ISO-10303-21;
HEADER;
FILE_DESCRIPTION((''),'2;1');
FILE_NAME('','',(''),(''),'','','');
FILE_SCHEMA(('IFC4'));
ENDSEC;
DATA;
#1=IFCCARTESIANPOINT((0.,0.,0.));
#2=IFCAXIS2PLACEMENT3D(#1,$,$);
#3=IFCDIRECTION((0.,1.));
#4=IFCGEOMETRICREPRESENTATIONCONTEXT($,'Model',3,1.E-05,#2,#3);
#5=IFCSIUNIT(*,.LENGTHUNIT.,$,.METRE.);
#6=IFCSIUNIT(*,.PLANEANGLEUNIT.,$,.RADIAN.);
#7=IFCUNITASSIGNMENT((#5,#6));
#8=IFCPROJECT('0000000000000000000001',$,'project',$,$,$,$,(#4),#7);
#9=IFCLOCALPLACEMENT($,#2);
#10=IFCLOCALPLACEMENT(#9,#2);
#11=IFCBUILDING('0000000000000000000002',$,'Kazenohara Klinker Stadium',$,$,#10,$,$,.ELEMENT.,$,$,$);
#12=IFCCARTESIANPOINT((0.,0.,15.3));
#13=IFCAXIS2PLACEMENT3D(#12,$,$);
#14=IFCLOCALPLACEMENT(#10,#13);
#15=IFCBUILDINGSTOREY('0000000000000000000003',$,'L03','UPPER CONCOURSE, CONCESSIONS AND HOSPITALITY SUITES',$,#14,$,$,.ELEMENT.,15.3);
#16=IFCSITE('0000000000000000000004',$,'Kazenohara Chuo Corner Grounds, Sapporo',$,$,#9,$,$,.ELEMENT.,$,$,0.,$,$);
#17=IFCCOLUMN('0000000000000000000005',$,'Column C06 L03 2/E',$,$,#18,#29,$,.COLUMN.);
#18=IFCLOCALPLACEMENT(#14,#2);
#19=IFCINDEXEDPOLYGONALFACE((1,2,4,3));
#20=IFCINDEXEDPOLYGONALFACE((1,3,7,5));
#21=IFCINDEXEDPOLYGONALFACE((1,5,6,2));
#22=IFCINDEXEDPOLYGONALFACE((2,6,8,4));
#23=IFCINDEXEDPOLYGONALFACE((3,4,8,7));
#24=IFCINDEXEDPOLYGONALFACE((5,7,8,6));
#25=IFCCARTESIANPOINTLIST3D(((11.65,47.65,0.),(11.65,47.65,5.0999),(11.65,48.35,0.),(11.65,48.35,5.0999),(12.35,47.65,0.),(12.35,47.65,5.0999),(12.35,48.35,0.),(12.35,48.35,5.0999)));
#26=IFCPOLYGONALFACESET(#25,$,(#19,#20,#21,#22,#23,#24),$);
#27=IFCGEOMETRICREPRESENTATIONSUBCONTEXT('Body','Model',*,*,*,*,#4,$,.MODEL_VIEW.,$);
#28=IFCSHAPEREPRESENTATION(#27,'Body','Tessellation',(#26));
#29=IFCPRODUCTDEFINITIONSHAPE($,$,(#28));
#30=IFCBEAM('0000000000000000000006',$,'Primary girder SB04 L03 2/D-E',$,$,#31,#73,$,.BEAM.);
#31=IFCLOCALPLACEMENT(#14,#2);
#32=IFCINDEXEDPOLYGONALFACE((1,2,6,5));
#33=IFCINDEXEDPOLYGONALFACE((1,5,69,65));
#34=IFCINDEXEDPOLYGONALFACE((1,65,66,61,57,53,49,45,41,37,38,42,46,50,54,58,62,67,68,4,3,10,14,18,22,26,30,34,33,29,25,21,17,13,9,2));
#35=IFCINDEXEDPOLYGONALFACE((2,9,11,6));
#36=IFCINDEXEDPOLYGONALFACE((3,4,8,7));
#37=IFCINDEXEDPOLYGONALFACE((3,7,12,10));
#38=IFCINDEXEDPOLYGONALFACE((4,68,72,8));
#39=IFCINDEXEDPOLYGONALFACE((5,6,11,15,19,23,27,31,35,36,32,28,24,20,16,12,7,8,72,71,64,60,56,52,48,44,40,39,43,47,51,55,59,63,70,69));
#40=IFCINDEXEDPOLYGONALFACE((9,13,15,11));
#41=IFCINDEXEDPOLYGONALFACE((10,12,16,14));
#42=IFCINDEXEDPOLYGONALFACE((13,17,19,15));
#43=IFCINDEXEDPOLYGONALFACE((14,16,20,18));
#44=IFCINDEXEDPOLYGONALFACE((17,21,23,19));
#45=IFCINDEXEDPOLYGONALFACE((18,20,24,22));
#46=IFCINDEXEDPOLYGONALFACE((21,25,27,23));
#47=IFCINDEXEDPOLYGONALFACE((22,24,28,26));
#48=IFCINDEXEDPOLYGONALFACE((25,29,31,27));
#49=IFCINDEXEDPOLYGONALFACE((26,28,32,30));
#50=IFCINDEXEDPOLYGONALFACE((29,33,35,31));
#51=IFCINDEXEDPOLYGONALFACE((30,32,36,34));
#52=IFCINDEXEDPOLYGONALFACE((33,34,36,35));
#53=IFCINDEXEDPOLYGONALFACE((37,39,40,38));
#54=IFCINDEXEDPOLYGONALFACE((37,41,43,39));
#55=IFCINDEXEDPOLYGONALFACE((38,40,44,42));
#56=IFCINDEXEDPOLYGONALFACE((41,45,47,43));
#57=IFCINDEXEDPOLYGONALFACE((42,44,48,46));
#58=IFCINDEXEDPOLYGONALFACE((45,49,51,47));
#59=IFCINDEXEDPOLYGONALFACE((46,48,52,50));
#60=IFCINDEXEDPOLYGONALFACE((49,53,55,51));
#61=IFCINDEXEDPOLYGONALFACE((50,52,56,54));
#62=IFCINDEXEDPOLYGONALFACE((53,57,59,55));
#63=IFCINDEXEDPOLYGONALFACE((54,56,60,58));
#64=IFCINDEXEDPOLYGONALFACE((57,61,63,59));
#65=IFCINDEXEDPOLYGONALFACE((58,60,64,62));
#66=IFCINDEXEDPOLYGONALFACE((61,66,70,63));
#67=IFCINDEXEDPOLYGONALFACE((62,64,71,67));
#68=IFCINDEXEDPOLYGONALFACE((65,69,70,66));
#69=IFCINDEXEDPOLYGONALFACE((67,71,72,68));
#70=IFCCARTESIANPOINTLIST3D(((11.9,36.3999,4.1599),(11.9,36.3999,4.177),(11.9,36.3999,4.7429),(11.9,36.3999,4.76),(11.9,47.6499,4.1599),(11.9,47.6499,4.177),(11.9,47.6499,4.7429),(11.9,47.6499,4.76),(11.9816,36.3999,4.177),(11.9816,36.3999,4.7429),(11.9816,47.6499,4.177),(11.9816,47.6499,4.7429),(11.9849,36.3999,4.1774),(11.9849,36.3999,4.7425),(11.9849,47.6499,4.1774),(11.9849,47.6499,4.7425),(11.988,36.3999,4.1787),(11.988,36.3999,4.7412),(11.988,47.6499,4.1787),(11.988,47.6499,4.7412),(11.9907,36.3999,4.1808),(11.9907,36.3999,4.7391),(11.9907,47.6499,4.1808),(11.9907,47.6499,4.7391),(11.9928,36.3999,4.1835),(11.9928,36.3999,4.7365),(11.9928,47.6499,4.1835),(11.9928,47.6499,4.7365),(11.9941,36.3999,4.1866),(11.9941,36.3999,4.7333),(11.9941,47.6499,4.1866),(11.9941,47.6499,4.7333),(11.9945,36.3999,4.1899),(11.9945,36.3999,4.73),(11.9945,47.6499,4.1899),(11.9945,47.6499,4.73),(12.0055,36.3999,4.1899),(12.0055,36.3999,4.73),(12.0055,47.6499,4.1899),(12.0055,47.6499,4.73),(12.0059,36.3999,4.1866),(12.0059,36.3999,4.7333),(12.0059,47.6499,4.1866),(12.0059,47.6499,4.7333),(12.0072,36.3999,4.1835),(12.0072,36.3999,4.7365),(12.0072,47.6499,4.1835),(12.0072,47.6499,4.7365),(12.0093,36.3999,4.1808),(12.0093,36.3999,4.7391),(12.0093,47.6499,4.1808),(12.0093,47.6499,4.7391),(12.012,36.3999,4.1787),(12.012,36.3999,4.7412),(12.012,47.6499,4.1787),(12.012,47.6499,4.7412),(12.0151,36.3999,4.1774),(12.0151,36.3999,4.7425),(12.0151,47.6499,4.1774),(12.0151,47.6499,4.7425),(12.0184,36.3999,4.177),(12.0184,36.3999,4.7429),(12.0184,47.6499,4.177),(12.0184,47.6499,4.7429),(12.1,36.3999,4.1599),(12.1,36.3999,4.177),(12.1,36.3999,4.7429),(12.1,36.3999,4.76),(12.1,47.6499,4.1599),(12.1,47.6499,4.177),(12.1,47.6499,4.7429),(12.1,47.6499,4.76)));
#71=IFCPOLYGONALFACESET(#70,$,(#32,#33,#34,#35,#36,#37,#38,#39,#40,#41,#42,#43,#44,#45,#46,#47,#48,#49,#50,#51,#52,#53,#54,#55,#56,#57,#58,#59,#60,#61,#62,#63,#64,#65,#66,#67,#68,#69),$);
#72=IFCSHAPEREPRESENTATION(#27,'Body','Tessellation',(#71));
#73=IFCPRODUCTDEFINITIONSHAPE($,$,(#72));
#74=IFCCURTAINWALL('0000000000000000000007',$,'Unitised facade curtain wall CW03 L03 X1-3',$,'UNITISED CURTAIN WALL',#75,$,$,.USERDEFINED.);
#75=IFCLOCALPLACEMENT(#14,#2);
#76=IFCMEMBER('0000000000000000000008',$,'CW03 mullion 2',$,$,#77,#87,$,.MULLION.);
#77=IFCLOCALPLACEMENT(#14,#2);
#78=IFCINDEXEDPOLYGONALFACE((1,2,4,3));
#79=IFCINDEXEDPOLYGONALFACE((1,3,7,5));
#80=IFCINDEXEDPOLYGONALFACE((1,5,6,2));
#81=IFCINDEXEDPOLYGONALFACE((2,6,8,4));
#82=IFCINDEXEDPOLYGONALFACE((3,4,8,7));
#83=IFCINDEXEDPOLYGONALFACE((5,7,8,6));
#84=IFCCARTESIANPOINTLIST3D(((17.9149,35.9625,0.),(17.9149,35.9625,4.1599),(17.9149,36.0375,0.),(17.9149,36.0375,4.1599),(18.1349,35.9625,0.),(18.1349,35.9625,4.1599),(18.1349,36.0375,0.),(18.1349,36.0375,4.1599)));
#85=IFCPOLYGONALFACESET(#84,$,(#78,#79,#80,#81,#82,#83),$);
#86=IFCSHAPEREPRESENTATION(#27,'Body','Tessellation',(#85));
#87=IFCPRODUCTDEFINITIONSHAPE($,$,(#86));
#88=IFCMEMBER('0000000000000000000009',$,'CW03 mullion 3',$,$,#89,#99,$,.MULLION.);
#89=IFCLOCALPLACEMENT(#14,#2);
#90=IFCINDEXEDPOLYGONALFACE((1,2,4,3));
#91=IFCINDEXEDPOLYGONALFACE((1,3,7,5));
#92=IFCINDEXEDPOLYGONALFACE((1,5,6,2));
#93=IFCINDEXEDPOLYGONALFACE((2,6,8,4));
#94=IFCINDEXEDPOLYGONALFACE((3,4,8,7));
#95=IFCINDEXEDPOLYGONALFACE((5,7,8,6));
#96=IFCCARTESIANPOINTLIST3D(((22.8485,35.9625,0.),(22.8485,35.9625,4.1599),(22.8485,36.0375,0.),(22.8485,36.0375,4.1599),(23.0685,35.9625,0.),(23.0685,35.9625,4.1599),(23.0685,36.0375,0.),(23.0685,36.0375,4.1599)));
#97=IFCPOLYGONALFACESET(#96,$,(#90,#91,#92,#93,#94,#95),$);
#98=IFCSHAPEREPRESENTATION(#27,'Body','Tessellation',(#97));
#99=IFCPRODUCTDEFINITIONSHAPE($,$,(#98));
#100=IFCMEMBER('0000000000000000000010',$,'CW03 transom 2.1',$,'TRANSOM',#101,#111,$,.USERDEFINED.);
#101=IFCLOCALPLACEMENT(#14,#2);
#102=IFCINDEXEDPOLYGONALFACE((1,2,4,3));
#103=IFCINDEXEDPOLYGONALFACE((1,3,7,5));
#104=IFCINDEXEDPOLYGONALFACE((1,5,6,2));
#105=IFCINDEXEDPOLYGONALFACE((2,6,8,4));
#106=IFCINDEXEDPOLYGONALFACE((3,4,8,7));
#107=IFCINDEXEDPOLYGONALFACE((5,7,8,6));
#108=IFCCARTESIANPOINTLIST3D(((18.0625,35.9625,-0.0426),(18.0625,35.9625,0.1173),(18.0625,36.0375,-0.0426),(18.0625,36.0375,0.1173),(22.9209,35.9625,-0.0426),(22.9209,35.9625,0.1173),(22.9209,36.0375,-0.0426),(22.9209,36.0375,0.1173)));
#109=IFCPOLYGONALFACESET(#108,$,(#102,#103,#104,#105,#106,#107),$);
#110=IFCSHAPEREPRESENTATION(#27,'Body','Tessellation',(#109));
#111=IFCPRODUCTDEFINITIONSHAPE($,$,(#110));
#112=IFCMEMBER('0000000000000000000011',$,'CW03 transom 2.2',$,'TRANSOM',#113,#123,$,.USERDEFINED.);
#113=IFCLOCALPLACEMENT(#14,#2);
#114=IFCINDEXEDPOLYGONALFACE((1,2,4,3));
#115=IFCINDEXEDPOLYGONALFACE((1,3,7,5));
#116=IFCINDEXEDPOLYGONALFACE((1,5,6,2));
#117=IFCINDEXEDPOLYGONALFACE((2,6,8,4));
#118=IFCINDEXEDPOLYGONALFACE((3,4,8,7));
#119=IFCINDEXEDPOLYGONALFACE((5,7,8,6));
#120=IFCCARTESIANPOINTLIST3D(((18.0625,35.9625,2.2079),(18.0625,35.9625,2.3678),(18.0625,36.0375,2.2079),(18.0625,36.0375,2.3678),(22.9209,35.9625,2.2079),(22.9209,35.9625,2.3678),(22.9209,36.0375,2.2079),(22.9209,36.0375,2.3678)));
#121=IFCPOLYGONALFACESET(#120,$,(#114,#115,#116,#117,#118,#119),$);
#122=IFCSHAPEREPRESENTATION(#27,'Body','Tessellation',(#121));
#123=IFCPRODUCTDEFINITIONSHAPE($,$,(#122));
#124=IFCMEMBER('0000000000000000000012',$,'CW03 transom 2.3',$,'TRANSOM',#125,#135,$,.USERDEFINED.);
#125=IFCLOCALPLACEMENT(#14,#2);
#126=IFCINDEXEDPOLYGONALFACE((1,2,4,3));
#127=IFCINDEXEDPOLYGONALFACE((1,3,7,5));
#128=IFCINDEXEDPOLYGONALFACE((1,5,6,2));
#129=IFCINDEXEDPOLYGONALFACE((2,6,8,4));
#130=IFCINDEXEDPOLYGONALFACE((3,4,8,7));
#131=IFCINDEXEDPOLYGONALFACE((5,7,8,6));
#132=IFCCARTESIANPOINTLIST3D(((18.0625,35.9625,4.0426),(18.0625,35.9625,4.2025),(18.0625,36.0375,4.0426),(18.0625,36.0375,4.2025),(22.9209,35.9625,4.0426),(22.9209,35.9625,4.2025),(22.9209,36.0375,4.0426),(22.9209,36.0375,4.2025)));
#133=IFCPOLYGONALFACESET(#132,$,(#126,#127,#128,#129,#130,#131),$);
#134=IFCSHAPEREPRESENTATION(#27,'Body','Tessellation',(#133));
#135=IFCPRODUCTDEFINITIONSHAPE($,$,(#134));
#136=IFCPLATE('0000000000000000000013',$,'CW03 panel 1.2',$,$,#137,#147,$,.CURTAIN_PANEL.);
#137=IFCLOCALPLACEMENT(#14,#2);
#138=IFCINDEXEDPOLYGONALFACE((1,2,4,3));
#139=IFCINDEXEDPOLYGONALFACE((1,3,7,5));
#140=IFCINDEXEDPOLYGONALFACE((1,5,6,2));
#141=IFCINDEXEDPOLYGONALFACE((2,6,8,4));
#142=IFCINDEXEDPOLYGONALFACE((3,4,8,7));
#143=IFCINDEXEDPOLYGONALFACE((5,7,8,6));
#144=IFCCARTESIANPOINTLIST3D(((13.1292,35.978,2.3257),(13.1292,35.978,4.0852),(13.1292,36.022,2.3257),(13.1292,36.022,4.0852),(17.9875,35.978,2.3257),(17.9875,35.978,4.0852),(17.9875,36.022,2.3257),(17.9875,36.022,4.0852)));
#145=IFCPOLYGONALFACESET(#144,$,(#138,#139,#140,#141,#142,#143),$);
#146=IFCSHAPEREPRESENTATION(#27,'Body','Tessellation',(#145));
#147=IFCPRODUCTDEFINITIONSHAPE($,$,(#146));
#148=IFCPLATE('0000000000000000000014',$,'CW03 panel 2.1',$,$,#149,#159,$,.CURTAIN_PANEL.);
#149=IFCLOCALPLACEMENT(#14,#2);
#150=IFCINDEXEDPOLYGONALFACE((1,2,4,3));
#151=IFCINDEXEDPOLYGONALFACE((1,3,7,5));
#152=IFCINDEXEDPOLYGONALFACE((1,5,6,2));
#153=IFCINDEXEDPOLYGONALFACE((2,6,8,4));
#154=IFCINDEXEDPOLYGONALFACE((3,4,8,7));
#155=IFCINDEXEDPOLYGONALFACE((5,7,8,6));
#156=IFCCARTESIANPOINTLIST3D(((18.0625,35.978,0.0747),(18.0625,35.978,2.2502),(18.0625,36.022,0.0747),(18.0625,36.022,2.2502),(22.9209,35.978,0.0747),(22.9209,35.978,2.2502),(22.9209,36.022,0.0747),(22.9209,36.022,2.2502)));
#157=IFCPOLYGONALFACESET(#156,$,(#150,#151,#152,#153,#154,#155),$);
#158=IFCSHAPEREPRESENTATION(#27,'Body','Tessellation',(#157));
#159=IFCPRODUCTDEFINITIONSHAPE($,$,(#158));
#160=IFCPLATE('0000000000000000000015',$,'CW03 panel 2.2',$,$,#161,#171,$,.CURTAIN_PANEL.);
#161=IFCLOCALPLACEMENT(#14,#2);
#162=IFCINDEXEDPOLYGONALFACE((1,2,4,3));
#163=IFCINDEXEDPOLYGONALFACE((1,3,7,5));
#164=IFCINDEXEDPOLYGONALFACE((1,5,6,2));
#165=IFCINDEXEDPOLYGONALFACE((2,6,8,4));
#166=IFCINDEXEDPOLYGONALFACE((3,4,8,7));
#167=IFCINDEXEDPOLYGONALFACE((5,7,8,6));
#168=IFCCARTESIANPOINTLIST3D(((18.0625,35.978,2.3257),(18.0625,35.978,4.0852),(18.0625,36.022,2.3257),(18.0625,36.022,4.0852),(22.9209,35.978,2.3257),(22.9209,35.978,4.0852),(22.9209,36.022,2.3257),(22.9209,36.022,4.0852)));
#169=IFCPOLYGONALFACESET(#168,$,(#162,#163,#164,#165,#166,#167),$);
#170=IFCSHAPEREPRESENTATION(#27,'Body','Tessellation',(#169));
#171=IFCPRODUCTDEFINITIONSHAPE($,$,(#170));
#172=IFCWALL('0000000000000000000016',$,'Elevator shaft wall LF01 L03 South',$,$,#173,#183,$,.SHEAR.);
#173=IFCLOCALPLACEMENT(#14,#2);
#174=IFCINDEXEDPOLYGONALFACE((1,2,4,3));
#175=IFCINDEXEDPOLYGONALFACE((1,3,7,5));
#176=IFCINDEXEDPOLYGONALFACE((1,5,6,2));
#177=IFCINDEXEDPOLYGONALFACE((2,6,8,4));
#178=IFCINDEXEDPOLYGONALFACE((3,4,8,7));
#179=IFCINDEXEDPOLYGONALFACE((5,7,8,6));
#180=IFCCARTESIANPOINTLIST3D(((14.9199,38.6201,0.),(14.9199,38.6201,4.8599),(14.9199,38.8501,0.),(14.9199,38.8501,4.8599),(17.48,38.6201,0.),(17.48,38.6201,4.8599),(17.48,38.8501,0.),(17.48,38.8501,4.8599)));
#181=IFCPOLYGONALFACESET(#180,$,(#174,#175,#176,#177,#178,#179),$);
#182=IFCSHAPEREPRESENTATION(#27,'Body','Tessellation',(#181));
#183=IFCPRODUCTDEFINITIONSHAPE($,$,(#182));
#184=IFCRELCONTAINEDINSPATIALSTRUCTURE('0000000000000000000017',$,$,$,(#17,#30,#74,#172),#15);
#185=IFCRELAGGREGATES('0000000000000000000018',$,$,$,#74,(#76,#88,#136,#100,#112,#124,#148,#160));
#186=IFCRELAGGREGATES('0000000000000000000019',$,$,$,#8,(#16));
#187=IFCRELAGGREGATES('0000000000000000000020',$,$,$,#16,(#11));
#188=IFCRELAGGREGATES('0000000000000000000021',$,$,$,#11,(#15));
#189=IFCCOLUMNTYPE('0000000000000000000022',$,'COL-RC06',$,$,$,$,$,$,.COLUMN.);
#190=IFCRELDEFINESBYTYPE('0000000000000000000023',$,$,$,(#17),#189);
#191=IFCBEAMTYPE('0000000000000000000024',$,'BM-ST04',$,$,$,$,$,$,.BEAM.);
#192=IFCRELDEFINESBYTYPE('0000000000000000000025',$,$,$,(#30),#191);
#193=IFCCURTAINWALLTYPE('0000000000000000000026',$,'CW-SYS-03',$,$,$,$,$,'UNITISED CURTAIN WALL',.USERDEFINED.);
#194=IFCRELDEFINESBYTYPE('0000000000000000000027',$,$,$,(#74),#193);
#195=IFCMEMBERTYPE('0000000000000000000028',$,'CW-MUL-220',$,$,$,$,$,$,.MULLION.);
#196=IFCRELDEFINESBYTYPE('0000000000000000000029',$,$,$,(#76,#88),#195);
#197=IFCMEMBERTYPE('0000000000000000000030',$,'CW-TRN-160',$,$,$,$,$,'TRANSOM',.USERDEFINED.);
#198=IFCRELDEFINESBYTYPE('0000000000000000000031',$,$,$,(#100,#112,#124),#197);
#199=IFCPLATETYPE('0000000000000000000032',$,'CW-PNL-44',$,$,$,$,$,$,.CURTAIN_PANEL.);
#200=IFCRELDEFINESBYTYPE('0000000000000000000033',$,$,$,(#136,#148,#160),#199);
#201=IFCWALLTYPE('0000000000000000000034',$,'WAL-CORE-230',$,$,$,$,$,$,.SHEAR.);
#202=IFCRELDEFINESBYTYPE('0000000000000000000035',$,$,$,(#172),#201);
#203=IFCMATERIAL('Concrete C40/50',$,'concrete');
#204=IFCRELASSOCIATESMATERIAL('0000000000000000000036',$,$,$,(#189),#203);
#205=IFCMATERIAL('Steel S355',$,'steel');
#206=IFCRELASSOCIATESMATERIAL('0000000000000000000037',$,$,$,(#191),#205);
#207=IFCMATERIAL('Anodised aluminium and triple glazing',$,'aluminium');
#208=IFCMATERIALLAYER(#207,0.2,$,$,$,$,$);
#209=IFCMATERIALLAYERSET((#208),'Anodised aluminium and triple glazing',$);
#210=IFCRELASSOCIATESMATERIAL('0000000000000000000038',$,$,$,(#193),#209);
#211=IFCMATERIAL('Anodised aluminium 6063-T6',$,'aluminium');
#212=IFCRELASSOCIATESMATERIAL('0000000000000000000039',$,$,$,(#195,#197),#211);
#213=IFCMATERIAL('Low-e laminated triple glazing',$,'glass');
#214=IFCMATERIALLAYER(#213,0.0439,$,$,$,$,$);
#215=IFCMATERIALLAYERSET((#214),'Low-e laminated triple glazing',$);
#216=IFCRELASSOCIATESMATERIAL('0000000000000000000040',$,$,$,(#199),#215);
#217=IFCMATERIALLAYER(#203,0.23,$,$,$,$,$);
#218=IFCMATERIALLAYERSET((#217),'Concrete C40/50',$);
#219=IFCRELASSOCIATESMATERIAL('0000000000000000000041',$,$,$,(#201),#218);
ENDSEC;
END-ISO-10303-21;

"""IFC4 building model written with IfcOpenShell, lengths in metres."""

from ifc_helpers import new_model, si_unit, direction, frame, frame_2d, origin, origin_2d, place, context, subcontext, project, spatial, rectangle, i_section, extrude, material, layer, layer_set, material_profile, profile_set, type_object, element, aggregate, save


model = new_model("IFC4")

# Units and contexts
model_context = context("Model", 3, precision=1e-05, world=origin(), true_north=direction((0.0, 1.0)))
body_context = subcontext(model_context, "Body", "Model", "MODEL_VIEW")
ifc_project = project(units=[si_unit("LENGTHUNIT", "METRE"), si_unit("PLANEANGLEUNIT", "RADIAN")], contexts=[model_context])

# Site, building, storey
site_placement = place(None, origin())
site = spatial("IfcSite", under=ifc_project, at=site_placement, Name="Kazenohara Chuo Corner Grounds, Sapporo", CompositionType="ELEMENT", RefElevation=0.0)
building_placement = place(site_placement, origin())
building = spatial("IfcBuilding", under=site, at=building_placement, Name="Kazenohara Klinker Stadium", CompositionType="ELEMENT")
storey_placement = place(building_placement, frame((0.0, 0.0, 15.3)))
storey = spatial("IfcBuildingStorey", under=building, at=storey_placement, Name="L03", Description="UPPER CONCOURSE, CONCESSIONS AND HOSPITALITY SUITES", CompositionType="ELEMENT", Elevation=15.3)

# Column
ifc_material_1 = material(Name="Concrete C40/50", Category="concrete")
ifc_material_profile_1 = material_profile(ifc_material_1, rectangle(XDim=0.7, YDim=0.7, at=origin_2d()), Name="RC-COL-700x700")
ifc_profile_set_1 = profile_set([ifc_material_profile_1], Name="Concrete C40/50")
column_type = type_object("IfcColumnType", Name="COL-RC06", PredefinedType="COLUMN", material=ifc_profile_set_1)
column_placement = place(storey_placement, frame((12.0, 48.0, 0.0), z_axis=(0.0, 0.0, 1.0), x_axis=(1.0, 0.0, 0.0)))
element("IfcColumn", 1, at=column_placement, inside=storey, type_object=column_type, Name="Column C06 L03 2/E", PredefinedType="COLUMN", context=body_context, shape_type="SweptSolid", body=[
    extrude(rectangle(XDim=0.7, YDim=0.7, at=origin_2d()), origin(), (0.0, 0.0, 1.0), 5.0999),
])

# Beam
ifc_material_2 = material(Name="Steel S355", Category="steel")
ifc_material_profile_2 = material_profile(ifc_material_2, i_section(OverallWidth=0.2, OverallDepth=0.6001, WebThickness=0.011, FlangeThickness=0.0171, FilletRadius=0.0129, at=origin_2d()), Name="H-600x200x11x17")
ifc_profile_set_2 = profile_set([ifc_material_profile_2], Name="Steel S355")
beam_type = type_object("IfcBeamType", Name="BM-ST04", PredefinedType="BEAM", material=ifc_profile_set_2)
beam_placement = place(storey_placement, frame((12.0, 36.3999, 4.46), z_axis=(0.0, 1.0, 0.0), x_axis=(-1.0, 0.0, 0.0)))
element("IfcBeam", 2, at=beam_placement, inside=storey, type_object=beam_type, Name="Primary girder SB04 L03 2/D-E", PredefinedType="BEAM", context=body_context, shape_type="SweptSolid", body=[
    extrude(i_section(OverallWidth=0.2, OverallDepth=0.6001, WebThickness=0.011, FlangeThickness=0.0171, FilletRadius=0.0129, at=origin_2d()), origin(), (0.0, 0.0, 1.0), 11.25),
])

# Curtain wall, members, plates
ifc_material_3 = material(Name="Anodised aluminium and triple glazing", Category="aluminium")
ifc_layer_1 = layer(ifc_material_3, 0.2)
ifc_layer_set_1 = layer_set([ifc_layer_1], Name="Anodised aluminium and triple glazing")
curtain_wall_type = type_object("IfcCurtainWallType", Name="CW-SYS-03", ElementType="UNITISED CURTAIN WALL", PredefinedType="USERDEFINED", material=ifc_layer_set_1)
curtain_wall_placement = place(storey_placement, origin())
curtain_wall = element("IfcCurtainWall", 3, at=curtain_wall_placement, inside=storey, type_object=curtain_wall_type, Name="Unitised facade curtain wall CW03 L03 X1-3", ObjectType="UNITISED CURTAIN WALL", PredefinedType="USERDEFINED")
ifc_material_4 = material(Name="Anodised aluminium 6063-T6", Category="aluminium")
ifc_material_profile_3 = material_profile(ifc_material_4, rectangle(XDim=0.075, YDim=0.22, at=origin_2d()), Name="ALU-MUL-75x220")
ifc_profile_set_3 = profile_set([ifc_material_profile_3], Name="Anodised aluminium 6063-T6")
member_type_1 = type_object("IfcMemberType", Name="CW-MUL-220", PredefinedType="MULLION", material=ifc_profile_set_3)
member_1_placement = place(storey_placement, frame((18.0249, 36.0, 0.0), z_axis=(0.0, 0.0, 1.0), x_axis=(0.0, 1.0, 0.0)))
member_1 = element("IfcMember", 4, at=member_1_placement, type_object=member_type_1, Name="CW03 mullion 2", PredefinedType="MULLION", context=body_context, shape_type="SweptSolid", body=[
    extrude(rectangle(XDim=0.075, YDim=0.22, at=origin_2d()), origin(), (0.0, 0.0, 1.0), 4.1599),
])
member_2_placement = place(storey_placement, frame((22.9585, 36.0, 0.0), z_axis=(0.0, 0.0, 1.0), x_axis=(0.0, 1.0, 0.0)))
member_2 = element("IfcMember", 5, at=member_2_placement, type_object=member_type_1, Name="CW03 mullion 3", PredefinedType="MULLION", context=body_context, shape_type="SweptSolid", body=[
    extrude(rectangle(XDim=0.075, YDim=0.22, at=origin_2d()), origin(), (0.0, 0.0, 1.0), 4.1599),
])
ifc_material_profile_4 = material_profile(ifc_material_4, rectangle(XDim=0.075, YDim=0.1599, at=origin_2d()), Name="ALU-TRN-75x160")
ifc_profile_set_4 = profile_set([ifc_material_profile_4], Name="Anodised aluminium 6063-T6")
member_type_2 = type_object("IfcMemberType", Name="CW-TRN-160", ElementType="TRANSOM", PredefinedType="USERDEFINED", material=ifc_profile_set_4)
member_3_placement = place(storey_placement, frame((18.0625, 36.0, 0.0374), z_axis=(1.0, 0.0, 0.0), x_axis=(0.0, 1.0, 0.0)))
member_3 = element("IfcMember", 6, at=member_3_placement, type_object=member_type_2, Name="CW03 transom 2.1", ObjectType="TRANSOM", PredefinedType="USERDEFINED", context=body_context, shape_type="SweptSolid", body=[
    extrude(rectangle(XDim=0.075, YDim=0.1599, at=origin_2d()), origin(), (0.0, 0.0, 1.0), 4.8584),
])
member_4_placement = place(storey_placement, frame((18.0625, 36.0, 2.2878), z_axis=(1.0, 0.0, 0.0), x_axis=(0.0, 1.0, 0.0)))
member_4 = element("IfcMember", 7, at=member_4_placement, type_object=member_type_2, Name="CW03 transom 2.2", ObjectType="TRANSOM", PredefinedType="USERDEFINED", context=body_context, shape_type="SweptSolid", body=[
    extrude(rectangle(XDim=0.075, YDim=0.1599, at=origin_2d()), origin(), (0.0, 0.0, 1.0), 4.8584),
])
member_5_placement = place(storey_placement, frame((18.0625, 36.0, 4.1226), z_axis=(1.0, 0.0, 0.0), x_axis=(0.0, 1.0, 0.0)))
member_5 = element("IfcMember", 8, at=member_5_placement, type_object=member_type_2, Name="CW03 transom 2.3", ObjectType="TRANSOM", PredefinedType="USERDEFINED", context=body_context, shape_type="SweptSolid", body=[
    extrude(rectangle(XDim=0.075, YDim=0.1599, at=origin_2d()), origin(), (0.0, 0.0, 1.0), 4.8584),
])
ifc_material_5 = material(Name="Low-e laminated triple glazing", Category="glass")
ifc_layer_2 = layer(ifc_material_5, 0.0439)
ifc_layer_set_2 = layer_set([ifc_layer_2], Name="Low-e laminated triple glazing")
plate_type = type_object("IfcPlateType", Name="CW-PNL-44", PredefinedType="CURTAIN_PANEL", material=ifc_layer_set_2)
plate_1_placement = place(storey_placement, frame((15.5583, 36.0, 2.3257), z_axis=(0.0, 0.0, 1.0), x_axis=(1.0, 0.0, 0.0)))
plate_1 = element("IfcPlate", 9, at=plate_1_placement, type_object=plate_type, Name="CW03 panel 1.2", PredefinedType="CURTAIN_PANEL", context=body_context, shape_type="SweptSolid", body=[
    extrude(rectangle(XDim=4.8584, YDim=0.0439, at=origin_2d()), origin(), (0.0, 0.0, 1.0), 1.7595),
])
plate_2_placement = place(storey_placement, frame((20.4917, 36.0, 0.0747), z_axis=(0.0, 0.0, 1.0), x_axis=(1.0, 0.0, 0.0)))
plate_2 = element("IfcPlate", 10, at=plate_2_placement, type_object=plate_type, Name="CW03 panel 2.1", PredefinedType="CURTAIN_PANEL", context=body_context, shape_type="SweptSolid", body=[
    extrude(rectangle(XDim=4.8584, YDim=0.0439, at=origin_2d()), origin(), (0.0, 0.0, 1.0), 2.1755),
])
plate_3_placement = place(storey_placement, frame((20.4917, 36.0, 2.3257), z_axis=(0.0, 0.0, 1.0), x_axis=(1.0, 0.0, 0.0)))
plate_3 = element("IfcPlate", 11, at=plate_3_placement, type_object=plate_type, Name="CW03 panel 2.2", PredefinedType="CURTAIN_PANEL", context=body_context, shape_type="SweptSolid", body=[
    extrude(rectangle(XDim=4.8584, YDim=0.0439, at=origin_2d()), origin(), (0.0, 0.0, 1.0), 1.7595),
])
aggregate(curtain_wall, [member_1, member_2, plate_1, member_3, member_4, member_5, plate_2, plate_3])

# Wall
ifc_layer_3 = layer(ifc_material_1, 0.23)
ifc_layer_set_3 = layer_set([ifc_layer_3], Name="Concrete C40/50")
wall_type_1 = type_object("IfcWallType", Name="WAL-CORE-230", PredefinedType="SHEAR", material=ifc_layer_set_3)
for number, where, z_axis, x_axis, name in (
    (12, (14.9199, 38.7351, 0.0), (0.0, 0.0, 1.0), (1.0, 0.0, 0.0), "Elevator shaft wall LF01 L03 South"),
):
    element("IfcWall", number, at=place(storey_placement, frame(where, z_axis=z_axis, x_axis=x_axis)), inside=storey, type_object=wall_type_1, Name=name, PredefinedType="SHEAR", context=body_context, shape_type="SweptSolid", body=[
        extrude(rectangle(XDim=2.5601, YDim=0.23, at=frame_2d((1.28, 0.0))), origin(), (0.0, 0.0, 1.0), 4.8599),
    ])

save(model, "model.ifc")
